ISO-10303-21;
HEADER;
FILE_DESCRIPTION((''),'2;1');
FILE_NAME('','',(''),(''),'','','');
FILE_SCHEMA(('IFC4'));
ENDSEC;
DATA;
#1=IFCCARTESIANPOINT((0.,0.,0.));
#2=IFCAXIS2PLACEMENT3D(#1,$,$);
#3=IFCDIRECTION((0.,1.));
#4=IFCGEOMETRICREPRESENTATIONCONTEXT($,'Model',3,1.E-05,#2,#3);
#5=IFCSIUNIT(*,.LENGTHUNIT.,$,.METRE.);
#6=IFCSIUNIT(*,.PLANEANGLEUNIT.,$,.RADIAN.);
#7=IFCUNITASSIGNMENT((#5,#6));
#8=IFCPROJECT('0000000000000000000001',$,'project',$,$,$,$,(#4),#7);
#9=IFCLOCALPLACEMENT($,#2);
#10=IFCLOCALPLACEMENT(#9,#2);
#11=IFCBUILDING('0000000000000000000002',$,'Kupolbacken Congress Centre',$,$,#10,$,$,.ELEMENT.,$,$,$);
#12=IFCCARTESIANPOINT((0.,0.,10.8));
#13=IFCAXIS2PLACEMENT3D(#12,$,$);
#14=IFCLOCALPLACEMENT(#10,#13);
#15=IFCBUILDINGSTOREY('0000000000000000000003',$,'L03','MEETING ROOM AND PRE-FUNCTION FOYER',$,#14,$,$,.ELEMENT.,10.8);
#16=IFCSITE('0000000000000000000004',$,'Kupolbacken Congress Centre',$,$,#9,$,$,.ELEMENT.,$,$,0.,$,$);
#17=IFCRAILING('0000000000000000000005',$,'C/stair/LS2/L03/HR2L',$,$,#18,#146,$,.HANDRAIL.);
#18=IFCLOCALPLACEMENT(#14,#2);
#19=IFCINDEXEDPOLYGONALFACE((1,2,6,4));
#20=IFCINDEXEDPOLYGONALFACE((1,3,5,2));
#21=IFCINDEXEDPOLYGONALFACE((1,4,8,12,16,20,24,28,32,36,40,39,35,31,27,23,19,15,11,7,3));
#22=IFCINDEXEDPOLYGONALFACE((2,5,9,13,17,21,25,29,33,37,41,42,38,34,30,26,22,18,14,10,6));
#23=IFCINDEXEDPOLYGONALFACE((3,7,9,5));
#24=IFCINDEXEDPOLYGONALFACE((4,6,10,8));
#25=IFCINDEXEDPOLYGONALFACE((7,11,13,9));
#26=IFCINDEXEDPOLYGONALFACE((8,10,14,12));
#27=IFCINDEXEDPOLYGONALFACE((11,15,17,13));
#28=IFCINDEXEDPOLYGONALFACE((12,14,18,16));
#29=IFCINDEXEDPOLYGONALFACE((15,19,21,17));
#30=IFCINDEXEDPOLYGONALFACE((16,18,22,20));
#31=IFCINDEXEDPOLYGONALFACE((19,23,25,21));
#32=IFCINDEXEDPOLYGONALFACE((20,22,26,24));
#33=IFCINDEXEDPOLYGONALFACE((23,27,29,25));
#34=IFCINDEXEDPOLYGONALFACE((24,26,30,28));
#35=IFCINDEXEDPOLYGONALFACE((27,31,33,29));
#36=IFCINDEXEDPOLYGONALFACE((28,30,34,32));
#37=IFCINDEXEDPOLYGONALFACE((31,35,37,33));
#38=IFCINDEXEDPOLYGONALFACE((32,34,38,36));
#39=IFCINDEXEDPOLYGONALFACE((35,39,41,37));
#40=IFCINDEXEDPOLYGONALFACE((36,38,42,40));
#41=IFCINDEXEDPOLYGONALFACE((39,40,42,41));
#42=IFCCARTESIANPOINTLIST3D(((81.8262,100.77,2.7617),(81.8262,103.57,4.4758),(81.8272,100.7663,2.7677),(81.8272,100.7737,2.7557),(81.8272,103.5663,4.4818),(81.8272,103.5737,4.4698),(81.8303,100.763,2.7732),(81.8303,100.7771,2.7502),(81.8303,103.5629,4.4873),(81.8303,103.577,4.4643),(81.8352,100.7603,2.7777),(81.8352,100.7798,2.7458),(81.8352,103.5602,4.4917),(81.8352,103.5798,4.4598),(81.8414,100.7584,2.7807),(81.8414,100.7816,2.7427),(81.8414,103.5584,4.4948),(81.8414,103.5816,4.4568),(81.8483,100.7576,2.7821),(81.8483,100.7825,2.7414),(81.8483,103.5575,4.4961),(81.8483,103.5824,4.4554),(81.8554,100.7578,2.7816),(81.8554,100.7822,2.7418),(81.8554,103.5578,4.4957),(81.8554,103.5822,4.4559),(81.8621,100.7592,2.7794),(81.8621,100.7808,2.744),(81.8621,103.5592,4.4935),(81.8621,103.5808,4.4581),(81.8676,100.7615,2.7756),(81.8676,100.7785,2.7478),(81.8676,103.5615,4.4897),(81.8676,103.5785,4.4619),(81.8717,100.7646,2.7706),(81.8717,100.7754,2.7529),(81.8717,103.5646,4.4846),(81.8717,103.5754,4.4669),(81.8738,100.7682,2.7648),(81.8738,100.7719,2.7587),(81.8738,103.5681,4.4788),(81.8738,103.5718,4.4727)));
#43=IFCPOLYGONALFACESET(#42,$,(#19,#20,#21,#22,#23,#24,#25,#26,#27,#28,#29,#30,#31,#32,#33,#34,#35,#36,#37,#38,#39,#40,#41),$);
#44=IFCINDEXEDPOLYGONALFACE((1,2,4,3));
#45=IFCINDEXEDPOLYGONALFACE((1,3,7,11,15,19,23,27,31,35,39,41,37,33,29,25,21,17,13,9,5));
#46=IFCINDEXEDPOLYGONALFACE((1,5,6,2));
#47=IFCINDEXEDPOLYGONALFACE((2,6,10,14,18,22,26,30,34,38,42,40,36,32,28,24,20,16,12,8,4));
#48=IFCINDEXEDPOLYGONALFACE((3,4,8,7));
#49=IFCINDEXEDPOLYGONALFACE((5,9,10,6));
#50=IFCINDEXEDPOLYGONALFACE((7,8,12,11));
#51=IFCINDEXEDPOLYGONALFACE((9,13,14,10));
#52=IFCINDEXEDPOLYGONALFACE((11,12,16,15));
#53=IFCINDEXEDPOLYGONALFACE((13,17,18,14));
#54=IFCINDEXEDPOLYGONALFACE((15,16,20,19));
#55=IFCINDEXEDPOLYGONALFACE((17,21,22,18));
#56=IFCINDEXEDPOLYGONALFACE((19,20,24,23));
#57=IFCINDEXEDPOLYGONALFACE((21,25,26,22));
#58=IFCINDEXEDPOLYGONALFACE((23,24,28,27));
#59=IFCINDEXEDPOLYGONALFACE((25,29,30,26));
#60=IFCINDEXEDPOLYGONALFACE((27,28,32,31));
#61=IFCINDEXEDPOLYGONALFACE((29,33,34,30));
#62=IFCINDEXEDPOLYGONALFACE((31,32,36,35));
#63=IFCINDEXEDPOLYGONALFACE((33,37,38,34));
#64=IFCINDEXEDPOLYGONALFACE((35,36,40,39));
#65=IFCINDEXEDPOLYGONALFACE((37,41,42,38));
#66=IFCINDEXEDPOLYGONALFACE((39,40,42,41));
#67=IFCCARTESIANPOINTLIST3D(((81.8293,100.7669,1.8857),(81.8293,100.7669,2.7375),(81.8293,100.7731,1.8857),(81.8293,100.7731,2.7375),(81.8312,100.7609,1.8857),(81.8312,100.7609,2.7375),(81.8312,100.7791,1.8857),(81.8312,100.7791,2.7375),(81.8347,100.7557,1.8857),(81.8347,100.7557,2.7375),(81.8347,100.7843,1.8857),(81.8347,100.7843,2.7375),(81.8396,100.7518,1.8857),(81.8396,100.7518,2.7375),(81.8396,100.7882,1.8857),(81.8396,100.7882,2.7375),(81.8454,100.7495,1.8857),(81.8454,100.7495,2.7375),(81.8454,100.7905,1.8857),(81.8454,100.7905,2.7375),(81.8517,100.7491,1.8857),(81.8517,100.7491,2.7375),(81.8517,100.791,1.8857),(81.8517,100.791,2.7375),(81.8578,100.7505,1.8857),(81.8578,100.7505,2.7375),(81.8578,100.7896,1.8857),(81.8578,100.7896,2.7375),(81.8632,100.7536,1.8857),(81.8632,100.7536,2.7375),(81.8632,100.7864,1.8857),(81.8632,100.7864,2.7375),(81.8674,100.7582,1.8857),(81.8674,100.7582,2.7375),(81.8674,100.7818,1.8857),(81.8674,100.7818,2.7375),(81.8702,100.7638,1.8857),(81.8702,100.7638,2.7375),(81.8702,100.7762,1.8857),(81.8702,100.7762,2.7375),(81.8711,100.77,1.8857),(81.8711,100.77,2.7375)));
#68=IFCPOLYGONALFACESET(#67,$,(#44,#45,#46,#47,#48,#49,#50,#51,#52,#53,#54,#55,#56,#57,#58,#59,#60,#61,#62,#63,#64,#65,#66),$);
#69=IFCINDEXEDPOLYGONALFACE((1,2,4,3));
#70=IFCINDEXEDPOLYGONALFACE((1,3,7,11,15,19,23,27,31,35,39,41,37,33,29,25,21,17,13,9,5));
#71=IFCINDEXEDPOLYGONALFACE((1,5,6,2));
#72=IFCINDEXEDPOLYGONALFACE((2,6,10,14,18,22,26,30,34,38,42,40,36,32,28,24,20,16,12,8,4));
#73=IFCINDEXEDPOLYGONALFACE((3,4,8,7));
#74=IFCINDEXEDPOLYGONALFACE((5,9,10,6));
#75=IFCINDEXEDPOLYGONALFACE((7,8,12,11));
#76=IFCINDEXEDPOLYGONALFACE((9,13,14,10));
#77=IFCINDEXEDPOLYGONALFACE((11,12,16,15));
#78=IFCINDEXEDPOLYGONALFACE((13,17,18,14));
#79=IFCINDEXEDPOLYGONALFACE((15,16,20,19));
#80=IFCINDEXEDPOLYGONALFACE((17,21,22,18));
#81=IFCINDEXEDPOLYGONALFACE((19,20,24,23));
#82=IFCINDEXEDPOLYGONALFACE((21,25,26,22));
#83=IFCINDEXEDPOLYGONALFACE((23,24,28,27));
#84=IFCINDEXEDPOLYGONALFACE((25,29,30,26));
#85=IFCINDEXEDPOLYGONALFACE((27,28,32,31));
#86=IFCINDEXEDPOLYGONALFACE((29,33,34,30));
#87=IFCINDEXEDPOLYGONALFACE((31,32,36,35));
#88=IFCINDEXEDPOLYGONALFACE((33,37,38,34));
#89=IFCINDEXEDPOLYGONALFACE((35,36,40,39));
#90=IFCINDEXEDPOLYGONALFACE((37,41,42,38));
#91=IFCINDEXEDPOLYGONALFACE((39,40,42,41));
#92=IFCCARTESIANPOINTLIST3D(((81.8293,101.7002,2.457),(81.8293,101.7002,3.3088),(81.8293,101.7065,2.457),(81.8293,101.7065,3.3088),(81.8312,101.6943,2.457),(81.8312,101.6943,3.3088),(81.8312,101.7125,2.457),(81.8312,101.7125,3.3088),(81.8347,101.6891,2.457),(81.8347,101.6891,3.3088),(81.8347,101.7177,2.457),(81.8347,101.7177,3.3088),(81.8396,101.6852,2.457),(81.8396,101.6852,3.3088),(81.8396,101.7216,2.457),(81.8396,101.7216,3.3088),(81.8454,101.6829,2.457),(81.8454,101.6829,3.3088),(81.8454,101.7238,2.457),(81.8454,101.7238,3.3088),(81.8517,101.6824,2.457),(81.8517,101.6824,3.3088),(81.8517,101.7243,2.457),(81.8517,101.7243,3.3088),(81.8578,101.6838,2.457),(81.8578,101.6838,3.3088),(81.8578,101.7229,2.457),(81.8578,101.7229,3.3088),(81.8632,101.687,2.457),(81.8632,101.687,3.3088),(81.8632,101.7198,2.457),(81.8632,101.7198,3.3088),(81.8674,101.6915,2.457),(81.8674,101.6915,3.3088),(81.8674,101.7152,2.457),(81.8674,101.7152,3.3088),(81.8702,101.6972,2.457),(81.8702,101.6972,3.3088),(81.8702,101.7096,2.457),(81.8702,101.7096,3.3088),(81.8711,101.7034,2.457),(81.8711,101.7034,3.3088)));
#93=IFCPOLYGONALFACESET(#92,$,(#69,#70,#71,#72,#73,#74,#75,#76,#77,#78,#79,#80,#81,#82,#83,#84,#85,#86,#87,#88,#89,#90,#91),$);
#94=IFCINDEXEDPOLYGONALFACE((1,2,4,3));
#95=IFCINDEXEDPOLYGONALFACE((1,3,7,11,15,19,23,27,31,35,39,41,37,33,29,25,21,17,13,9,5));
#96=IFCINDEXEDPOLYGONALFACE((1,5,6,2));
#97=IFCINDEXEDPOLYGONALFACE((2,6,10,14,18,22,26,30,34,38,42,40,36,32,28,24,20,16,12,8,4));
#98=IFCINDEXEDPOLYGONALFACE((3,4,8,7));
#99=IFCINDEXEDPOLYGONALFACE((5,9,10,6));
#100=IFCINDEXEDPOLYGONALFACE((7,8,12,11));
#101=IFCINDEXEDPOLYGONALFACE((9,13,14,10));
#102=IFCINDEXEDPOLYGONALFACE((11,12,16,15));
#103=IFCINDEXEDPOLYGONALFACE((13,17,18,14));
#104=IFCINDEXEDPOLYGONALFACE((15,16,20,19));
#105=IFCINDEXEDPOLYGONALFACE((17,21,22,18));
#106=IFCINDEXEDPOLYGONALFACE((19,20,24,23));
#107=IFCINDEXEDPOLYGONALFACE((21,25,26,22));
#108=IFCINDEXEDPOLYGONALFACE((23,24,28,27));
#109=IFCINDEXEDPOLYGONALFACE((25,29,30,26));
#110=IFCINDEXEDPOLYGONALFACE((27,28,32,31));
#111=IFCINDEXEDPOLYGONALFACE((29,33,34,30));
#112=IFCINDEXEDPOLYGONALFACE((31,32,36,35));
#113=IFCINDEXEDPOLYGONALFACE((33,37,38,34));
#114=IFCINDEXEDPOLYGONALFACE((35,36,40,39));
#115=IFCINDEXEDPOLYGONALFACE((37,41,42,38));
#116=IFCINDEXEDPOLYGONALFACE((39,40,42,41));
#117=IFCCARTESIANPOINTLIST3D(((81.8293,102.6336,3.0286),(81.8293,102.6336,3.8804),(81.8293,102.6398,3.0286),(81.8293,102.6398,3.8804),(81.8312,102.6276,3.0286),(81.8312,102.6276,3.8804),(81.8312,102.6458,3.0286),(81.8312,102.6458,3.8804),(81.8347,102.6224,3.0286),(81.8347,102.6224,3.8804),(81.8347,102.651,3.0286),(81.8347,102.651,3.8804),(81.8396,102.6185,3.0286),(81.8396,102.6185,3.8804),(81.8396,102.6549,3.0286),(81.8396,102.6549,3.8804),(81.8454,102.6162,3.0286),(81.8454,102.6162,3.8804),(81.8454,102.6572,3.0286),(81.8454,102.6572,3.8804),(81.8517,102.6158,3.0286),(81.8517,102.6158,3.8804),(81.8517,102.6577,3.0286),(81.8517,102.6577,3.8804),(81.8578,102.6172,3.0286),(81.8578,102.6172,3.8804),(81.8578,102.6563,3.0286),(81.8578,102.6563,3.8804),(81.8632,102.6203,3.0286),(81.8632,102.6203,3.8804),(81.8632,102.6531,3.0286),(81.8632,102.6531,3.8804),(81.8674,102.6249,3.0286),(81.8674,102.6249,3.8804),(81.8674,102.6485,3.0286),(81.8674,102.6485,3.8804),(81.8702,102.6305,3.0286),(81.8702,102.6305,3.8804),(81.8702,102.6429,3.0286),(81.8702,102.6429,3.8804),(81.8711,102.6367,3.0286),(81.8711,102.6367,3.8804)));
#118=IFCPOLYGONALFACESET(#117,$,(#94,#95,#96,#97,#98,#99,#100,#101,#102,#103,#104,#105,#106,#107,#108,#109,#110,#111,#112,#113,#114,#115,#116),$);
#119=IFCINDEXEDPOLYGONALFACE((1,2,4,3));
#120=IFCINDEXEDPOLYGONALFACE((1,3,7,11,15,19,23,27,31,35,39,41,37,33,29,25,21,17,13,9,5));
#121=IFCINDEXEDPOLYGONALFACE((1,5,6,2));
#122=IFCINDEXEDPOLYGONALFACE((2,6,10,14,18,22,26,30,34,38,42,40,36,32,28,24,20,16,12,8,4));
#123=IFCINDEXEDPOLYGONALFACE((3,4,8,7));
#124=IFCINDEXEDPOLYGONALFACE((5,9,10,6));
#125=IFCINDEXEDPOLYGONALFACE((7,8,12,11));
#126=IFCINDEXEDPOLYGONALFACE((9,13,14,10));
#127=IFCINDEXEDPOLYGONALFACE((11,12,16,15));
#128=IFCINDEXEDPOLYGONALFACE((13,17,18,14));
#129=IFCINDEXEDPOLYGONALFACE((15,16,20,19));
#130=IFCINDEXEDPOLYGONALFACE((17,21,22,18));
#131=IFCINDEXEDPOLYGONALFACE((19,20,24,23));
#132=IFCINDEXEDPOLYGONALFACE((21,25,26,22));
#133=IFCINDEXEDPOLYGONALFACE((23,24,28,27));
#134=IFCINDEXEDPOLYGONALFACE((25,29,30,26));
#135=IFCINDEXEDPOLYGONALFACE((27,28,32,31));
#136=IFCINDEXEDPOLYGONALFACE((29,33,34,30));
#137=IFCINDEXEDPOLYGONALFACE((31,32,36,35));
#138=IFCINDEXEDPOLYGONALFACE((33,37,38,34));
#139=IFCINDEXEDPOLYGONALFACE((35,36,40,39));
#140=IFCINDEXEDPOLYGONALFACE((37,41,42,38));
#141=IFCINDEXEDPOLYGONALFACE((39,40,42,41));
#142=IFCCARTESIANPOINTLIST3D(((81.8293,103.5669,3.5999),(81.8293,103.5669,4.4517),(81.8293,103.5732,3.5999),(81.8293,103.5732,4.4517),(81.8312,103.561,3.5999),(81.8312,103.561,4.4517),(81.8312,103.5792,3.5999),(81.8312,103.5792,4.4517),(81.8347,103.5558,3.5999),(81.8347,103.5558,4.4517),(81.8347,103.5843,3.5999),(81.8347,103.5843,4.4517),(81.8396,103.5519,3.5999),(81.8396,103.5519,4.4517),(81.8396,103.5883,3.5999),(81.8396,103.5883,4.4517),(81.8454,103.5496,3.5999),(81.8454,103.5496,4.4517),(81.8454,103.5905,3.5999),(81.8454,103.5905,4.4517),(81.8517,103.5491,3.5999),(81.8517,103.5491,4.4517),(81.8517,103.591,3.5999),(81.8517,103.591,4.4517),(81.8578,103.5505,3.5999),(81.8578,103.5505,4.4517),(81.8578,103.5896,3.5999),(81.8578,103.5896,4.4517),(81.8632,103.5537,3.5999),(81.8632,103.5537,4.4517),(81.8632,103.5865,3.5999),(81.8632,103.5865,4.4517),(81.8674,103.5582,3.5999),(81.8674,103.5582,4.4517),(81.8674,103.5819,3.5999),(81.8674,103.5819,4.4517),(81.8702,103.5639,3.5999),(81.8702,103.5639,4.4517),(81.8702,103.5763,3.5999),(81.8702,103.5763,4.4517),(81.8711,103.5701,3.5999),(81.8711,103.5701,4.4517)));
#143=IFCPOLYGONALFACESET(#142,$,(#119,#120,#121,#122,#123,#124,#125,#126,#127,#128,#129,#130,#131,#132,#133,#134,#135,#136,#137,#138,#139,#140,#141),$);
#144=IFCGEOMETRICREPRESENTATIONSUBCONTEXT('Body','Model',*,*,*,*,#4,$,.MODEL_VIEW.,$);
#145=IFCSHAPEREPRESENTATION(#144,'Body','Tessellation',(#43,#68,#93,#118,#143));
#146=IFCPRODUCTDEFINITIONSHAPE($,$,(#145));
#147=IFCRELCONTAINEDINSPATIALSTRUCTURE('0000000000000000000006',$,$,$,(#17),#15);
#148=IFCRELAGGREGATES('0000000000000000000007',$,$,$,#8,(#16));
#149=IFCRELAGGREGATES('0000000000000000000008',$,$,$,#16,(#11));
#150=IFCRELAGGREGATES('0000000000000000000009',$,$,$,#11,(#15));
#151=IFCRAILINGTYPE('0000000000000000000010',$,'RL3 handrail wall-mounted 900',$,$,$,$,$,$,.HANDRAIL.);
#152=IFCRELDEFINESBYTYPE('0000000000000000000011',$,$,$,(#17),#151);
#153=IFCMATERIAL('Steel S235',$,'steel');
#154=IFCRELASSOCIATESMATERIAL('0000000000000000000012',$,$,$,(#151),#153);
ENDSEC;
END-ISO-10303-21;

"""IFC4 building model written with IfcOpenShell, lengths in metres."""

from ifc_helpers import new_model, si_unit, direction, frame, origin, origin_2d, place, context, subcontext, project, spatial, circle, extrude, material, type_object, element, save


model = new_model("IFC4")

# Units and contexts
model_context = context("Model", 3, precision=1e-05, world=origin(), true_north=direction((0.0, 1.0)))
body_context = subcontext(model_context, "Body", "Model", "MODEL_VIEW")
ifc_project = project(units=[si_unit("LENGTHUNIT", "METRE"), si_unit("PLANEANGLEUNIT", "RADIAN")], contexts=[model_context])

# Site, building, storey
site_placement = place(None, origin())
site = spatial("IfcSite", under=ifc_project, at=site_placement, Name="Kupolbacken Congress Centre", CompositionType="ELEMENT", RefElevation=0.0)
building_placement = place(site_placement, origin())
building = spatial("IfcBuilding", under=site, at=building_placement, Name="Kupolbacken Congress Centre", CompositionType="ELEMENT")
storey_placement = place(building_placement, frame((0.0, 0.0, 10.8)))
storey = spatial("IfcBuildingStorey", under=building, at=storey_placement, Name="L03", Description="MEETING ROOM AND PRE-FUNCTION FOYER", CompositionType="ELEMENT", Elevation=10.8)

# Railing
ifc_material_1 = material(Name="Steel S235", Category="steel")
railing_type = type_object("IfcRailingType", Name="RL3 handrail wall-mounted 900", PredefinedType="HANDRAIL", material=ifc_material_1)
for number, where, name in (
    (1, (81.8501, 100.77, 1.8857), "C/stair/LS2/L03/HR2L"),
):
    element("IfcRailing", number, at=place(storey_placement, frame(where)), inside=storey, type_object=railing_type, Name=name, PredefinedType="HANDRAIL", context=body_context, shape_type="SweptSolid", body=[
        extrude(circle(Radius=0.0239, at=origin_2d()), frame((0.0, 0.0, 0.876), z_axis=(0.0, 0.852879, 0.522109), x_axis=(-1.0, 0.0, 0.0)), (0.0, 0.0, 1.0), 3.283),
        extrude(circle(Radius=0.021, at=origin_2d()), origin(), (0.0, 0.0, 1.0), 0.8518),
        extrude(circle(Radius=0.021, at=origin_2d()), frame((0.0, 0.9333, 0.5713)), (0.0, 0.0, 1.0), 0.8518),
        extrude(circle(Radius=0.021, at=origin_2d()), frame((0.0, 1.8667, 1.1428)), (0.0, 0.0, 1.0), 0.8518),
        extrude(circle(Radius=0.021, at=origin_2d()), frame((0.0, 2.8, 1.7141)), (0.0, 0.0, 1.0), 0.8518),
    ])

save(model, "model.ifc")
